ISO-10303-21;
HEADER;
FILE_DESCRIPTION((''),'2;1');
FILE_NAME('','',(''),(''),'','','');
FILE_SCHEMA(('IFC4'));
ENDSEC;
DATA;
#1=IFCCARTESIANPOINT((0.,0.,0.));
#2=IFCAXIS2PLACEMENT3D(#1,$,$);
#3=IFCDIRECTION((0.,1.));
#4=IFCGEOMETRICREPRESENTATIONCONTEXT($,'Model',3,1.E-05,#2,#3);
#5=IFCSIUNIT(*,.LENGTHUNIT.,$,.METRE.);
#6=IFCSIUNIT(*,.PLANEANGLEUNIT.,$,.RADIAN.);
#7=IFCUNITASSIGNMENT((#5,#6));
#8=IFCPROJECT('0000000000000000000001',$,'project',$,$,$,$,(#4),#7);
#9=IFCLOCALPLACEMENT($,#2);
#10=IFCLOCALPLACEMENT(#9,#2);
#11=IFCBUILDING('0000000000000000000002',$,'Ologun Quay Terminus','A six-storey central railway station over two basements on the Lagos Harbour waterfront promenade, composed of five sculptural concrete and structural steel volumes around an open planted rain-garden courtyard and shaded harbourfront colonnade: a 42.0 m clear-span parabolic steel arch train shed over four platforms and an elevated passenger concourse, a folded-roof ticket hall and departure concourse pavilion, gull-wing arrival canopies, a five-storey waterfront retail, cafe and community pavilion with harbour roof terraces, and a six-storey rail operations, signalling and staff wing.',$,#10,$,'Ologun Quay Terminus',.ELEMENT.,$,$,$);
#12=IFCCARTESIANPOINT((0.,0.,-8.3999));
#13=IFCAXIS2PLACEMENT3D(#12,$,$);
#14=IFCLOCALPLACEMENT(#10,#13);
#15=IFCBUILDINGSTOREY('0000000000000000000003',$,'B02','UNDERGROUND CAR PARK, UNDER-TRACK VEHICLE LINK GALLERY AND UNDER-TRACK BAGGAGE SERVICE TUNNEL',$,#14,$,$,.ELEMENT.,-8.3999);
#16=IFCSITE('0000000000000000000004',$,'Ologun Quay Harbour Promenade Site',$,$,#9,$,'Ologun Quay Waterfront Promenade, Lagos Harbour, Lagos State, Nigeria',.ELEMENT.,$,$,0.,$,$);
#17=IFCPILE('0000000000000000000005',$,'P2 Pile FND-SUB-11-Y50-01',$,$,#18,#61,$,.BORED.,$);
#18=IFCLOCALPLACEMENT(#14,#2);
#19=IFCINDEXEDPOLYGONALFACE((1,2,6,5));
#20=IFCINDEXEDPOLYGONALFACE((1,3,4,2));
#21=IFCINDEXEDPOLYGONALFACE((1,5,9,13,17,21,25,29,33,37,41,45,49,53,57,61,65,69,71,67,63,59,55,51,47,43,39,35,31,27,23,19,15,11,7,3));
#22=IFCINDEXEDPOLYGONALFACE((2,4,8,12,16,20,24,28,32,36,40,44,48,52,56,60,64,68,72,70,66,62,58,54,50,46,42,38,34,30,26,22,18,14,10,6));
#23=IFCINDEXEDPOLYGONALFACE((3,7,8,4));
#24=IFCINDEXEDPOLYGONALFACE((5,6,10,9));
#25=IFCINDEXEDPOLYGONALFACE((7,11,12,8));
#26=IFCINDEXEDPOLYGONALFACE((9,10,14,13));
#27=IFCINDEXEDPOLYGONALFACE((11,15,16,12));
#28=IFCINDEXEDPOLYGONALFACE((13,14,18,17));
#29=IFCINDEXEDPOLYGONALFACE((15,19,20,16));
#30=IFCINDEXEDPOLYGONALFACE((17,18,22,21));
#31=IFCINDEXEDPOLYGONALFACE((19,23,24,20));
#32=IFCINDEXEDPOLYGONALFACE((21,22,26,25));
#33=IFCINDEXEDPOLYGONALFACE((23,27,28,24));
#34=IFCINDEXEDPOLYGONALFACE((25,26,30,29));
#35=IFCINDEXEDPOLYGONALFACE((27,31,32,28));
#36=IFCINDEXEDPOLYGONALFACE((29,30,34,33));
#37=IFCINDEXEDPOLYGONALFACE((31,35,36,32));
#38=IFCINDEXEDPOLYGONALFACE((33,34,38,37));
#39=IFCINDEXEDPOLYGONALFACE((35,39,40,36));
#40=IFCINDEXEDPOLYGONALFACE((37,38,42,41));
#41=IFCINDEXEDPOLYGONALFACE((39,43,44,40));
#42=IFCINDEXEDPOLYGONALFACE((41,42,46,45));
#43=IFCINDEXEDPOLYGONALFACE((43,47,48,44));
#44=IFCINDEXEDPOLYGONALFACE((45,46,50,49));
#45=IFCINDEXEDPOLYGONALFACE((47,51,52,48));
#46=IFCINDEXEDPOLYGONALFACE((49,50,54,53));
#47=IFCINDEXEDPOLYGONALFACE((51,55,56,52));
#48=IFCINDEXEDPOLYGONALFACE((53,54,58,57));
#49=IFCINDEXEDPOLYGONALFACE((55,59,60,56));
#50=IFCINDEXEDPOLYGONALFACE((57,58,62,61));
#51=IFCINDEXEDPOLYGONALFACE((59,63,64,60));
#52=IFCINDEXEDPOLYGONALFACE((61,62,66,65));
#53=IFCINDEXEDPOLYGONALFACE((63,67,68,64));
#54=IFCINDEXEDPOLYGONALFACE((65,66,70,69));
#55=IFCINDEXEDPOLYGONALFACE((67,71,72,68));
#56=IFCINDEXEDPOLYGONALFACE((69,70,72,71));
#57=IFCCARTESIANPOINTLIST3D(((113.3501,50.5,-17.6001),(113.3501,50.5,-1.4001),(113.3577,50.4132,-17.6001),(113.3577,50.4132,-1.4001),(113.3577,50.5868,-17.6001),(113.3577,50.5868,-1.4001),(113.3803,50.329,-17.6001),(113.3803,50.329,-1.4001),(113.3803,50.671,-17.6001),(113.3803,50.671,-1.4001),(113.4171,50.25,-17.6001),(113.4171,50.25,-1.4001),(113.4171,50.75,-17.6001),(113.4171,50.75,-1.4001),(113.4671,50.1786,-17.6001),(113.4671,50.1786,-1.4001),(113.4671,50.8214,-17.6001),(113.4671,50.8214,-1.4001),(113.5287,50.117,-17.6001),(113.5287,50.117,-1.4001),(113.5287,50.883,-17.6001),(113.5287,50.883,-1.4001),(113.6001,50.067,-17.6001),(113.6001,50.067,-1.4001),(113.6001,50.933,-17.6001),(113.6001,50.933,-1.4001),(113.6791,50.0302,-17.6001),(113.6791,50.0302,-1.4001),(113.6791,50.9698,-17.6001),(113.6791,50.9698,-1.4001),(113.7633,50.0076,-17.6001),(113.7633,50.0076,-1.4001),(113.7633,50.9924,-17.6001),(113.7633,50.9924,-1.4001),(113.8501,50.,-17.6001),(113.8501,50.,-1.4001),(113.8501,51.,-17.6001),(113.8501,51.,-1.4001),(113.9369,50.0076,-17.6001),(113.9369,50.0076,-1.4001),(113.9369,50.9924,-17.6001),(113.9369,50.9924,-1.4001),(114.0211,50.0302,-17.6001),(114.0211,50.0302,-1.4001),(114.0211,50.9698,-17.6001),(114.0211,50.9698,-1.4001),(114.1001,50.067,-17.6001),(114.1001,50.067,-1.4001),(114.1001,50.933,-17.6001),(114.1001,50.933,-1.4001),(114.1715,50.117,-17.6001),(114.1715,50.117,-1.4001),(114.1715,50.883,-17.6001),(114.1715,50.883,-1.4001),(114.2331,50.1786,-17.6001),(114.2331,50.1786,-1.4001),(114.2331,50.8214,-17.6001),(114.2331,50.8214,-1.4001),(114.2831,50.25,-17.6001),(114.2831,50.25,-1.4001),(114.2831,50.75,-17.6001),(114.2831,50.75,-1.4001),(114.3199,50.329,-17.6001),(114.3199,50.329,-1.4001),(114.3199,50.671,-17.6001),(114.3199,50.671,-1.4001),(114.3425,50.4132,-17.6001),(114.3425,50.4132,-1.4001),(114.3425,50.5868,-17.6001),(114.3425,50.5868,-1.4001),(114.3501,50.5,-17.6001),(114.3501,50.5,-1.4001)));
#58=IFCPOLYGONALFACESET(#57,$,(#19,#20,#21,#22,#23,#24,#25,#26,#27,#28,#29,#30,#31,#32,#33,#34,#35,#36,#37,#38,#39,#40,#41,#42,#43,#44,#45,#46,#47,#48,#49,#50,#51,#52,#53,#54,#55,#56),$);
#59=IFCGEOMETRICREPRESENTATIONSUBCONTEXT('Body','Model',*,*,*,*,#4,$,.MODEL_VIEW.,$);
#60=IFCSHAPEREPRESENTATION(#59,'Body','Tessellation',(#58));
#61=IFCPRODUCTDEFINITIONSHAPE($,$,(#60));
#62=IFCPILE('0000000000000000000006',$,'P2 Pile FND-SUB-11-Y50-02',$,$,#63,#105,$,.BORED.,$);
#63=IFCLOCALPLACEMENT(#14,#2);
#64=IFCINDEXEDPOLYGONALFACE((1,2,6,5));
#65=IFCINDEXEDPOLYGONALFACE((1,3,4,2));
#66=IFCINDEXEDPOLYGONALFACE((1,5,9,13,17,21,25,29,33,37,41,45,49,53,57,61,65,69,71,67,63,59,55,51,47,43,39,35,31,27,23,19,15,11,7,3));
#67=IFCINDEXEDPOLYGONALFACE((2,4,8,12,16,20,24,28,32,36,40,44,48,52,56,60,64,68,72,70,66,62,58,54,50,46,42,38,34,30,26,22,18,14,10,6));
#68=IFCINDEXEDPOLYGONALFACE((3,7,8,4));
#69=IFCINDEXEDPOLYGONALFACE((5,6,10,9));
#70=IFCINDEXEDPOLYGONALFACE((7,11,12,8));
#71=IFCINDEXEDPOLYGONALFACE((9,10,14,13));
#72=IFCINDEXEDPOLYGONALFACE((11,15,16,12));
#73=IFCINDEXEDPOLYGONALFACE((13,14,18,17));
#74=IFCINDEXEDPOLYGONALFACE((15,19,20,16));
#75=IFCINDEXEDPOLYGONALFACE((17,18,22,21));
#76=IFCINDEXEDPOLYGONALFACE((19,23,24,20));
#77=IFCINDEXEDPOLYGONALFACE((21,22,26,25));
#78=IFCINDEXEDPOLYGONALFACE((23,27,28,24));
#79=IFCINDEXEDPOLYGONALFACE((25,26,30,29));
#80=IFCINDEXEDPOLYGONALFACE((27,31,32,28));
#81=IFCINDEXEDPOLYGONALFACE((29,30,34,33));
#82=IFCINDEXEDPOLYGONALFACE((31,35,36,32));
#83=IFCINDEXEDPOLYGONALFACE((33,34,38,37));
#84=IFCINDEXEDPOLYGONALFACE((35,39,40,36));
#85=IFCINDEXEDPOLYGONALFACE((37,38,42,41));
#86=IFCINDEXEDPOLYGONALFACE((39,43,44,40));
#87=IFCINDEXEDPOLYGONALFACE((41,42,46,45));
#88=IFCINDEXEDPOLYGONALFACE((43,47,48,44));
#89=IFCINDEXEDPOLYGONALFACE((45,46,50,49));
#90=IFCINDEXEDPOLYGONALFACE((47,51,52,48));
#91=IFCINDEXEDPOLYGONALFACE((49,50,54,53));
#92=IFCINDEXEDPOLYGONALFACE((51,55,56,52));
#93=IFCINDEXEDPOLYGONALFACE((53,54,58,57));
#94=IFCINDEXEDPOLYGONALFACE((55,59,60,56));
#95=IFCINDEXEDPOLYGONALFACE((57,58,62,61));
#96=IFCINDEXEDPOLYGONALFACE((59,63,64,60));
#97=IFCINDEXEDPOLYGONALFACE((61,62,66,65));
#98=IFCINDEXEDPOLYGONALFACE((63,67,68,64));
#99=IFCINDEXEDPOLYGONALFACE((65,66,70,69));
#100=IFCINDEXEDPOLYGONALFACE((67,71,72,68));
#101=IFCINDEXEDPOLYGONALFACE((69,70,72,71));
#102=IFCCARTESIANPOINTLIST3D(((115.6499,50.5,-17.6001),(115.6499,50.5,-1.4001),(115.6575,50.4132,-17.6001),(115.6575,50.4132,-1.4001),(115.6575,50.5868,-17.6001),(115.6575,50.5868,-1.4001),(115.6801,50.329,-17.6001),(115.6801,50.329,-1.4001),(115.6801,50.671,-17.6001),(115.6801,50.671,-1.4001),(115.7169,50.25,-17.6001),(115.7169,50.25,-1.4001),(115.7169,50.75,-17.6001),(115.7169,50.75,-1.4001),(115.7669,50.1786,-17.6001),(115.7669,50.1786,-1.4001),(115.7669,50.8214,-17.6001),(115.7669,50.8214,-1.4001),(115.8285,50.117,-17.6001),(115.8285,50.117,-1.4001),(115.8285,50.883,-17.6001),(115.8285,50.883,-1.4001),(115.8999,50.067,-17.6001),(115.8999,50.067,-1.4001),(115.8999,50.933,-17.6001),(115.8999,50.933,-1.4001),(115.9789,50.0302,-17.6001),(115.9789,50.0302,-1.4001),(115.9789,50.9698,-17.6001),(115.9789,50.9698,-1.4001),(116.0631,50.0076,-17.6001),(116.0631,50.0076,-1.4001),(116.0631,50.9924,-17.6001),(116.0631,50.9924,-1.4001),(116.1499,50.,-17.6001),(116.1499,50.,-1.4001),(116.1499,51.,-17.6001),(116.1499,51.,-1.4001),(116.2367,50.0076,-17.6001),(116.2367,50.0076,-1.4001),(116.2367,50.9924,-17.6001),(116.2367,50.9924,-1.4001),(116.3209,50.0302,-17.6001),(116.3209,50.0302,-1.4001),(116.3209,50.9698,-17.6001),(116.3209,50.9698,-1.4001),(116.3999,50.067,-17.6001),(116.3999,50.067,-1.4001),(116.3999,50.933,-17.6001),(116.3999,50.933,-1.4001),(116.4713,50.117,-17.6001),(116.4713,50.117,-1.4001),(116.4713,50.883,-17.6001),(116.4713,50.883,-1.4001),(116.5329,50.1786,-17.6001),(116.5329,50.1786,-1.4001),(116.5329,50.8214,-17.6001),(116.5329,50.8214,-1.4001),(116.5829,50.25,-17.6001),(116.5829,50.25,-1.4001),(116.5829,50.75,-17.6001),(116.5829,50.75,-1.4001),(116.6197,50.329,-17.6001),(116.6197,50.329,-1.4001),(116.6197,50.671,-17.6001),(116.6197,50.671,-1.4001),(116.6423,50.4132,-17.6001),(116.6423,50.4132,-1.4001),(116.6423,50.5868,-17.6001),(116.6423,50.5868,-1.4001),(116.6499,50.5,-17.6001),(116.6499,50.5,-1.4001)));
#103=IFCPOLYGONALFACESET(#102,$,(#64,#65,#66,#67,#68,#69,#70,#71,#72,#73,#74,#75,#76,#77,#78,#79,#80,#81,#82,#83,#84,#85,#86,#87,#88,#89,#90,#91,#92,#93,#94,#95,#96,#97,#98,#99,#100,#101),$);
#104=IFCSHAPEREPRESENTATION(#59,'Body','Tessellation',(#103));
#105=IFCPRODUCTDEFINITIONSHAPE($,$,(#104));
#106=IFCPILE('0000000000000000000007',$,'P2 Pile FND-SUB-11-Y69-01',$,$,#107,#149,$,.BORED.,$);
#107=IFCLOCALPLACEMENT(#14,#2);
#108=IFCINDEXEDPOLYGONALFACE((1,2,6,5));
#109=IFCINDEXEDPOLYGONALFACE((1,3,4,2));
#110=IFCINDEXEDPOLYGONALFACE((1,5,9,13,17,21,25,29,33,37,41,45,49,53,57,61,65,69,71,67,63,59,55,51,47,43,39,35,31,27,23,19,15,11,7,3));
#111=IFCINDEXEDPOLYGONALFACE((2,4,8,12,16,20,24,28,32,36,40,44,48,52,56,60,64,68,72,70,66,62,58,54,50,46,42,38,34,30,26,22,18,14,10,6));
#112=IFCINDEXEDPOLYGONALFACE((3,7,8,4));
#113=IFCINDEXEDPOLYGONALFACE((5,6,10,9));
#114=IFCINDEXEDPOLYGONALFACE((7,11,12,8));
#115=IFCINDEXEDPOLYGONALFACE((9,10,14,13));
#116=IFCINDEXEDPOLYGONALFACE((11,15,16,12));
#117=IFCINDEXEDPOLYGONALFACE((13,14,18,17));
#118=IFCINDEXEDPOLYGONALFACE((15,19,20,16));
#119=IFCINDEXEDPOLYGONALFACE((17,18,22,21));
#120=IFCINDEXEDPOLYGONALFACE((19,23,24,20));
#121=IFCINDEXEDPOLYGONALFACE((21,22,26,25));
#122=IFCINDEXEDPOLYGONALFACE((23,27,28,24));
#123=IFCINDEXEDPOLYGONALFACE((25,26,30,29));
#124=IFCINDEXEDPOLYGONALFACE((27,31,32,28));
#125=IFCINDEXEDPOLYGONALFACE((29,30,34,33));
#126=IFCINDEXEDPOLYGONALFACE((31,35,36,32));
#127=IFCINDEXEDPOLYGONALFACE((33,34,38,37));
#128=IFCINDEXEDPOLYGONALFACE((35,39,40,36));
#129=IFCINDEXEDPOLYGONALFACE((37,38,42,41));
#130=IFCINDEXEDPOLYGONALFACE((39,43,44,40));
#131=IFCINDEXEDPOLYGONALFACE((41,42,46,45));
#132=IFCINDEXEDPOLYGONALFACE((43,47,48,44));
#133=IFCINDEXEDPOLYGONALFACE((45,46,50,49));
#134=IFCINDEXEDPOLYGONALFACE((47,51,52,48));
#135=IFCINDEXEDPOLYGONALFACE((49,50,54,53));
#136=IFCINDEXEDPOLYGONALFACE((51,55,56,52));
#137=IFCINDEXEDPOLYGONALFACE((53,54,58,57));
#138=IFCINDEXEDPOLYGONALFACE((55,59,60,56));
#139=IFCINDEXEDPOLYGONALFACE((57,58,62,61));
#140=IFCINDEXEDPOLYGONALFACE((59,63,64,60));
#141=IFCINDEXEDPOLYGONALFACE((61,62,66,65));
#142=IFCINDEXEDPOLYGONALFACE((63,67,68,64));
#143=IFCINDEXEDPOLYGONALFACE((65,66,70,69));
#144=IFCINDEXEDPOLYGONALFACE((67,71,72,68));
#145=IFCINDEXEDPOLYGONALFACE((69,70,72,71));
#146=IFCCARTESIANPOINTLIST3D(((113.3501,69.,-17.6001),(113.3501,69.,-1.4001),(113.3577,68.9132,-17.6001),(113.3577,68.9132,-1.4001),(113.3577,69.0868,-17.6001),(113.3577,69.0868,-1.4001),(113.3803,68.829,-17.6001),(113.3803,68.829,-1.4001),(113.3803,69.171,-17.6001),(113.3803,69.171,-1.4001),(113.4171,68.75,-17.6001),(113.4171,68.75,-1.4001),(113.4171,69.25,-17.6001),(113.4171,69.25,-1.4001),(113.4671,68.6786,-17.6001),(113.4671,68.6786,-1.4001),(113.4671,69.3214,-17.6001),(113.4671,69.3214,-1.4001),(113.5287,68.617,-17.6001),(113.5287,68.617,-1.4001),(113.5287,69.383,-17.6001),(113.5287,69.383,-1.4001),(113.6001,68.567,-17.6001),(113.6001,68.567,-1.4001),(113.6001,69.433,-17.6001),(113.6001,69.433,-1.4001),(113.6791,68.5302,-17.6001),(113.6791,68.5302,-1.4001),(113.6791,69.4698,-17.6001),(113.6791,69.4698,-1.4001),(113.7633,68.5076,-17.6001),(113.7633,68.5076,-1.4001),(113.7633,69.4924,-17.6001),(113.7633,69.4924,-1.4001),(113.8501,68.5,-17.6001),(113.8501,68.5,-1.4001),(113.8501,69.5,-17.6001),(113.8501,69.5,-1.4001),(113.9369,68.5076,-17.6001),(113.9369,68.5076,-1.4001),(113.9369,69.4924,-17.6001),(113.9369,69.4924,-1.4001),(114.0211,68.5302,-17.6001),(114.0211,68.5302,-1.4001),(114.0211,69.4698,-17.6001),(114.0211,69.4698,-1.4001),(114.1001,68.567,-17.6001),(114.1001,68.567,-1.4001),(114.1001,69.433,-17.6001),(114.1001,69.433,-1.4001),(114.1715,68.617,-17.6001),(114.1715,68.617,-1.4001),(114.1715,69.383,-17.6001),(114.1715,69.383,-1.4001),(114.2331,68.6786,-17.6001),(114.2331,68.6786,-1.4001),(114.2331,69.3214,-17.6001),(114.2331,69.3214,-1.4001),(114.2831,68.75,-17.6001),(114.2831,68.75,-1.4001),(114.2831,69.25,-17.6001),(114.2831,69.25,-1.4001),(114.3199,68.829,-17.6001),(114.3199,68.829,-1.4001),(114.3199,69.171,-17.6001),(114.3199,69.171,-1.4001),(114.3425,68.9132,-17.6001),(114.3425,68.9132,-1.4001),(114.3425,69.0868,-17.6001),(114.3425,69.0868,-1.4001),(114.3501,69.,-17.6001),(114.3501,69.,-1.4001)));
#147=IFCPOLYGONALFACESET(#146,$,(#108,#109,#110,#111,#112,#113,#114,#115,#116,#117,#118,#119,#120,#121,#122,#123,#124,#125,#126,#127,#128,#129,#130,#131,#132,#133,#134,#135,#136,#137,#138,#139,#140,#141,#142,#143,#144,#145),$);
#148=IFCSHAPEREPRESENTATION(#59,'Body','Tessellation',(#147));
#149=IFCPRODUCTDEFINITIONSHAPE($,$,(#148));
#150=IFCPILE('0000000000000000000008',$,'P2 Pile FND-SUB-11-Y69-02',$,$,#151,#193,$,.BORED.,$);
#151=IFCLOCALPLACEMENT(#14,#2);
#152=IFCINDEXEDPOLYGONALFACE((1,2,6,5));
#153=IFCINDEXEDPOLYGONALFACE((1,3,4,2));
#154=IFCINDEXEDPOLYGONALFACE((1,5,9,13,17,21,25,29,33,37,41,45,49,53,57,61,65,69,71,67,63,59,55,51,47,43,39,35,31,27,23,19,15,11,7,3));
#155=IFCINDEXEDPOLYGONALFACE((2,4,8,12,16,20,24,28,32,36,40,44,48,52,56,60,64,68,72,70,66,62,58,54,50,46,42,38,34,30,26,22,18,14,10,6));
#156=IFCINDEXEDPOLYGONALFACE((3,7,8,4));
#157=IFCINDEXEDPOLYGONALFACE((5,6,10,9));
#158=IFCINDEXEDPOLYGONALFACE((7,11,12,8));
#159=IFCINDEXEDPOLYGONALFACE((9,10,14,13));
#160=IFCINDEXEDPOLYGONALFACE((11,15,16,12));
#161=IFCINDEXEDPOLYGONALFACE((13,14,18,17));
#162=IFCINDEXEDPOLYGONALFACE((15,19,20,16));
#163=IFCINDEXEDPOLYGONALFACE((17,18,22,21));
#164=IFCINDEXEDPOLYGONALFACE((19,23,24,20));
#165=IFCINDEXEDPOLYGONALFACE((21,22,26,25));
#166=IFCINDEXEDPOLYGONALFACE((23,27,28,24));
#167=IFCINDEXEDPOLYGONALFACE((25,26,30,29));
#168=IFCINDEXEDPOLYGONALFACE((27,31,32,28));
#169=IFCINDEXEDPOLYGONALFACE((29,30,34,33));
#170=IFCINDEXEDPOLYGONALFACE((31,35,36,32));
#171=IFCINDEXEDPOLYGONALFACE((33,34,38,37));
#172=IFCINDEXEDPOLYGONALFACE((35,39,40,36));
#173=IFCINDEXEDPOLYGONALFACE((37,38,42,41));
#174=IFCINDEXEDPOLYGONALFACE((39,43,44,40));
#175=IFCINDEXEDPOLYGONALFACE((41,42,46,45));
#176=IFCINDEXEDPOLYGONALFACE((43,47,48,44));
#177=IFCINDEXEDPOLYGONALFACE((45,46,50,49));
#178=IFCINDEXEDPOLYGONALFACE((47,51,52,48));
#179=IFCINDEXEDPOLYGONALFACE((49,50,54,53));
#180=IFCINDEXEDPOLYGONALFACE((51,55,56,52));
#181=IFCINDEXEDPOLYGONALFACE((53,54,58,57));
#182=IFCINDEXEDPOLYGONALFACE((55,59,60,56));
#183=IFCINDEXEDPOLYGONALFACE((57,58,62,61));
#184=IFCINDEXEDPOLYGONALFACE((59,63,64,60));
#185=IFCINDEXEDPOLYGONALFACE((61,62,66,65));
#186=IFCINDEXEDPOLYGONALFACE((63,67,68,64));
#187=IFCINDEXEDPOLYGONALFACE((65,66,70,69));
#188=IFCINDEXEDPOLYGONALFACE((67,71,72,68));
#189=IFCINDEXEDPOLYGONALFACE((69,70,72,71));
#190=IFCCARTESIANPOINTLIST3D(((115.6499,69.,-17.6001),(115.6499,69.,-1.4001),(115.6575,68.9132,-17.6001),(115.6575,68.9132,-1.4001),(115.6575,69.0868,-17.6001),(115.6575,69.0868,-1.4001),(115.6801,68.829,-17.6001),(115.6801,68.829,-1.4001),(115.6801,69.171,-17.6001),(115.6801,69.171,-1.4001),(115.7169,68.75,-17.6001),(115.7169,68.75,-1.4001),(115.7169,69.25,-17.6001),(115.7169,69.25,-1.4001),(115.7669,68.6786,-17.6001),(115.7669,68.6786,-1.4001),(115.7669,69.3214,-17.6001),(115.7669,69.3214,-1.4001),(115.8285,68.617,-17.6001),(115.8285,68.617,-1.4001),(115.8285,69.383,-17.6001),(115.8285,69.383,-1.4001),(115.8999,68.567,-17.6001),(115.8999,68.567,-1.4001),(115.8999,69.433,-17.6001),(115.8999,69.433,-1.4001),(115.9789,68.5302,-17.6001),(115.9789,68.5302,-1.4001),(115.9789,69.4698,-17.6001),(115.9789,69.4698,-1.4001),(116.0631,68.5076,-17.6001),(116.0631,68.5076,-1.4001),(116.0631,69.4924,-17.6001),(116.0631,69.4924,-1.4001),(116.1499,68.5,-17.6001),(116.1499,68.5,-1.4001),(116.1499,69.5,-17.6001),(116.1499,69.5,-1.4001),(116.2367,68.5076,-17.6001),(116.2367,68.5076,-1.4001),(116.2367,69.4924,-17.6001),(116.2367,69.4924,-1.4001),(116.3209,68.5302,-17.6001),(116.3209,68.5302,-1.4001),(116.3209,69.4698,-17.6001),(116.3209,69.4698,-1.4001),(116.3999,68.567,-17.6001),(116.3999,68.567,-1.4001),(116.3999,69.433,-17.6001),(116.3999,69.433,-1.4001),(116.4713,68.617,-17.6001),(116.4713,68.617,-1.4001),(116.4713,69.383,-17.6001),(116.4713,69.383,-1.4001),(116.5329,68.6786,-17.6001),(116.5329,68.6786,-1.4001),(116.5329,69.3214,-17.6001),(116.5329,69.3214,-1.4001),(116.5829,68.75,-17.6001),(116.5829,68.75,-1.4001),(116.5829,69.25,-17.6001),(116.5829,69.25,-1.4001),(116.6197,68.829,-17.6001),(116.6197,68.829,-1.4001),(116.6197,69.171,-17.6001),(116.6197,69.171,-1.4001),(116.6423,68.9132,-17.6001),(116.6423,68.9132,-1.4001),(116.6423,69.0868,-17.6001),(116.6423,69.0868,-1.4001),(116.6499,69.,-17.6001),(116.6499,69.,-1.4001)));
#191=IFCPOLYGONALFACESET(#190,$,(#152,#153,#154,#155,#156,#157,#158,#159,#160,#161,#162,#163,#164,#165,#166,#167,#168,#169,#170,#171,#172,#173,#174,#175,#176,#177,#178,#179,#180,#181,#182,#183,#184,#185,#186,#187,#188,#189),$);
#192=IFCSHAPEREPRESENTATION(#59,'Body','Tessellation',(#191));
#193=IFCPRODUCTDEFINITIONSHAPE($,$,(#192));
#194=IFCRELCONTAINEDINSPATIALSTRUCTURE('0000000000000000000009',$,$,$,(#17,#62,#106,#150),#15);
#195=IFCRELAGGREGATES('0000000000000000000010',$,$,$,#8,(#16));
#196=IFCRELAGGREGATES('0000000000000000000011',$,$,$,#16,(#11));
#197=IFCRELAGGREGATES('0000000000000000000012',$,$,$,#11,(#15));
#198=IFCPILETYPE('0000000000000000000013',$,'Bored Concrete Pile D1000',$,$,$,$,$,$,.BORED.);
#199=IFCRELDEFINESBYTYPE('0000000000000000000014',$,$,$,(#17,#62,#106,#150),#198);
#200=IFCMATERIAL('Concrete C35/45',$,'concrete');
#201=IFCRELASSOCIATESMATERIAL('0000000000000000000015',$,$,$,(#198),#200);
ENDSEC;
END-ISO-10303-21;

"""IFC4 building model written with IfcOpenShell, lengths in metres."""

from ifc_helpers import new_model, si_unit, direction, frame, origin, origin_2d, place, context, subcontext, project, spatial, circle, extrude, material, material_profile, profile_set, type_object, element, save


model = new_model("IFC4")

# Units and contexts
model_context = context("Model", 3, precision=1e-05, world=origin(), true_north=direction((0.0, 1.0)))
body_context = subcontext(model_context, "Body", "Model", "MODEL_VIEW")
ifc_project = project(units=[si_unit("LENGTHUNIT", "METRE"), si_unit("PLANEANGLEUNIT", "RADIAN")], contexts=[model_context])

# Site, building, storey
site_placement = place(None, origin())
site = spatial("IfcSite", under=ifc_project, at=site_placement, Name="Ologun Quay Harbour Promenade Site", LongName="Ologun Quay Waterfront Promenade, Lagos Harbour, Lagos State, Nigeria", CompositionType="ELEMENT", RefElevation=0.0)
building_placement = place(site_placement, origin())
building = spatial("IfcBuilding", under=site, at=building_placement, Name="Ologun Quay Terminus", Description="A six-storey central railway station over two basements on the Lagos Harbour waterfront promenade, composed of five sculptural concrete and structural steel volumes around an open planted rain-garden courtyard and shaded harbourfront colonnade: a 42.0 m clear-span parabolic steel arch train shed over four platforms and an elevated passenger concourse, a folded-roof ticket hall and departure concourse pavilion, gull-wing arrival canopies, a five-storey waterfront retail, cafe and community pavilion with harbour roof terraces, and a six-storey rail operations, signalling and staff wing.", LongName="Ologun Quay Terminus", CompositionType="ELEMENT")
storey_placement = place(building_placement, frame((0.0, 0.0, -8.3999)))
storey = spatial("IfcBuildingStorey", under=building, at=storey_placement, Name="B02", Description="UNDERGROUND CAR PARK, UNDER-TRACK VEHICLE LINK GALLERY AND UNDER-TRACK BAGGAGE SERVICE TUNNEL", CompositionType="ELEMENT", Elevation=-8.3999)

# Piles
ifc_material_1 = material(Name="Concrete C35/45", Category="concrete")
ifc_material_profile_1 = material_profile(ifc_material_1, circle(Radius=0.5, at=origin_2d()), Name="PILE D1000")
ifc_profile_set_1 = profile_set([ifc_material_profile_1], Name="Concrete C35/45")
pile_type_1 = type_object("IfcPileType", Name="Bored Concrete Pile D1000", PredefinedType="BORED", material=ifc_profile_set_1)
for number, where, z_axis, x_axis, name in (
    (1, (113.8501, 50.5, -1.4001), (0.0, 0.0, -1.0), (1.0, 0.0, 0.0), "P2 Pile FND-SUB-11-Y50-01"),
    (2, (116.1499, 50.5, -1.4001), (0.0, 0.0, -1.0), (1.0, 0.0, 0.0), "P2 Pile FND-SUB-11-Y50-02"),
    (3, (113.8501, 69.0, -1.4001), (0.0, 0.0, -1.0), (1.0, 0.0, 0.0), "P2 Pile FND-SUB-11-Y69-01"),
    (4, (116.1499, 69.0, -1.4001), (0.0, 0.0, -1.0), (1.0, 0.0, 0.0), "P2 Pile FND-SUB-11-Y69-02"),
):
    element("IfcPile", number, at=place(storey_placement, frame(where, z_axis=z_axis, x_axis=x_axis)), inside=storey, type_object=pile_type_1, Name=name, PredefinedType="BORED", context=body_context, shape_type="SweptSolid", body=[
        extrude(circle(Radius=0.5, at=origin_2d()), origin(), (0.0, 0.0, 1.0), 16.2),
    ])

save(model, "model.ifc")
